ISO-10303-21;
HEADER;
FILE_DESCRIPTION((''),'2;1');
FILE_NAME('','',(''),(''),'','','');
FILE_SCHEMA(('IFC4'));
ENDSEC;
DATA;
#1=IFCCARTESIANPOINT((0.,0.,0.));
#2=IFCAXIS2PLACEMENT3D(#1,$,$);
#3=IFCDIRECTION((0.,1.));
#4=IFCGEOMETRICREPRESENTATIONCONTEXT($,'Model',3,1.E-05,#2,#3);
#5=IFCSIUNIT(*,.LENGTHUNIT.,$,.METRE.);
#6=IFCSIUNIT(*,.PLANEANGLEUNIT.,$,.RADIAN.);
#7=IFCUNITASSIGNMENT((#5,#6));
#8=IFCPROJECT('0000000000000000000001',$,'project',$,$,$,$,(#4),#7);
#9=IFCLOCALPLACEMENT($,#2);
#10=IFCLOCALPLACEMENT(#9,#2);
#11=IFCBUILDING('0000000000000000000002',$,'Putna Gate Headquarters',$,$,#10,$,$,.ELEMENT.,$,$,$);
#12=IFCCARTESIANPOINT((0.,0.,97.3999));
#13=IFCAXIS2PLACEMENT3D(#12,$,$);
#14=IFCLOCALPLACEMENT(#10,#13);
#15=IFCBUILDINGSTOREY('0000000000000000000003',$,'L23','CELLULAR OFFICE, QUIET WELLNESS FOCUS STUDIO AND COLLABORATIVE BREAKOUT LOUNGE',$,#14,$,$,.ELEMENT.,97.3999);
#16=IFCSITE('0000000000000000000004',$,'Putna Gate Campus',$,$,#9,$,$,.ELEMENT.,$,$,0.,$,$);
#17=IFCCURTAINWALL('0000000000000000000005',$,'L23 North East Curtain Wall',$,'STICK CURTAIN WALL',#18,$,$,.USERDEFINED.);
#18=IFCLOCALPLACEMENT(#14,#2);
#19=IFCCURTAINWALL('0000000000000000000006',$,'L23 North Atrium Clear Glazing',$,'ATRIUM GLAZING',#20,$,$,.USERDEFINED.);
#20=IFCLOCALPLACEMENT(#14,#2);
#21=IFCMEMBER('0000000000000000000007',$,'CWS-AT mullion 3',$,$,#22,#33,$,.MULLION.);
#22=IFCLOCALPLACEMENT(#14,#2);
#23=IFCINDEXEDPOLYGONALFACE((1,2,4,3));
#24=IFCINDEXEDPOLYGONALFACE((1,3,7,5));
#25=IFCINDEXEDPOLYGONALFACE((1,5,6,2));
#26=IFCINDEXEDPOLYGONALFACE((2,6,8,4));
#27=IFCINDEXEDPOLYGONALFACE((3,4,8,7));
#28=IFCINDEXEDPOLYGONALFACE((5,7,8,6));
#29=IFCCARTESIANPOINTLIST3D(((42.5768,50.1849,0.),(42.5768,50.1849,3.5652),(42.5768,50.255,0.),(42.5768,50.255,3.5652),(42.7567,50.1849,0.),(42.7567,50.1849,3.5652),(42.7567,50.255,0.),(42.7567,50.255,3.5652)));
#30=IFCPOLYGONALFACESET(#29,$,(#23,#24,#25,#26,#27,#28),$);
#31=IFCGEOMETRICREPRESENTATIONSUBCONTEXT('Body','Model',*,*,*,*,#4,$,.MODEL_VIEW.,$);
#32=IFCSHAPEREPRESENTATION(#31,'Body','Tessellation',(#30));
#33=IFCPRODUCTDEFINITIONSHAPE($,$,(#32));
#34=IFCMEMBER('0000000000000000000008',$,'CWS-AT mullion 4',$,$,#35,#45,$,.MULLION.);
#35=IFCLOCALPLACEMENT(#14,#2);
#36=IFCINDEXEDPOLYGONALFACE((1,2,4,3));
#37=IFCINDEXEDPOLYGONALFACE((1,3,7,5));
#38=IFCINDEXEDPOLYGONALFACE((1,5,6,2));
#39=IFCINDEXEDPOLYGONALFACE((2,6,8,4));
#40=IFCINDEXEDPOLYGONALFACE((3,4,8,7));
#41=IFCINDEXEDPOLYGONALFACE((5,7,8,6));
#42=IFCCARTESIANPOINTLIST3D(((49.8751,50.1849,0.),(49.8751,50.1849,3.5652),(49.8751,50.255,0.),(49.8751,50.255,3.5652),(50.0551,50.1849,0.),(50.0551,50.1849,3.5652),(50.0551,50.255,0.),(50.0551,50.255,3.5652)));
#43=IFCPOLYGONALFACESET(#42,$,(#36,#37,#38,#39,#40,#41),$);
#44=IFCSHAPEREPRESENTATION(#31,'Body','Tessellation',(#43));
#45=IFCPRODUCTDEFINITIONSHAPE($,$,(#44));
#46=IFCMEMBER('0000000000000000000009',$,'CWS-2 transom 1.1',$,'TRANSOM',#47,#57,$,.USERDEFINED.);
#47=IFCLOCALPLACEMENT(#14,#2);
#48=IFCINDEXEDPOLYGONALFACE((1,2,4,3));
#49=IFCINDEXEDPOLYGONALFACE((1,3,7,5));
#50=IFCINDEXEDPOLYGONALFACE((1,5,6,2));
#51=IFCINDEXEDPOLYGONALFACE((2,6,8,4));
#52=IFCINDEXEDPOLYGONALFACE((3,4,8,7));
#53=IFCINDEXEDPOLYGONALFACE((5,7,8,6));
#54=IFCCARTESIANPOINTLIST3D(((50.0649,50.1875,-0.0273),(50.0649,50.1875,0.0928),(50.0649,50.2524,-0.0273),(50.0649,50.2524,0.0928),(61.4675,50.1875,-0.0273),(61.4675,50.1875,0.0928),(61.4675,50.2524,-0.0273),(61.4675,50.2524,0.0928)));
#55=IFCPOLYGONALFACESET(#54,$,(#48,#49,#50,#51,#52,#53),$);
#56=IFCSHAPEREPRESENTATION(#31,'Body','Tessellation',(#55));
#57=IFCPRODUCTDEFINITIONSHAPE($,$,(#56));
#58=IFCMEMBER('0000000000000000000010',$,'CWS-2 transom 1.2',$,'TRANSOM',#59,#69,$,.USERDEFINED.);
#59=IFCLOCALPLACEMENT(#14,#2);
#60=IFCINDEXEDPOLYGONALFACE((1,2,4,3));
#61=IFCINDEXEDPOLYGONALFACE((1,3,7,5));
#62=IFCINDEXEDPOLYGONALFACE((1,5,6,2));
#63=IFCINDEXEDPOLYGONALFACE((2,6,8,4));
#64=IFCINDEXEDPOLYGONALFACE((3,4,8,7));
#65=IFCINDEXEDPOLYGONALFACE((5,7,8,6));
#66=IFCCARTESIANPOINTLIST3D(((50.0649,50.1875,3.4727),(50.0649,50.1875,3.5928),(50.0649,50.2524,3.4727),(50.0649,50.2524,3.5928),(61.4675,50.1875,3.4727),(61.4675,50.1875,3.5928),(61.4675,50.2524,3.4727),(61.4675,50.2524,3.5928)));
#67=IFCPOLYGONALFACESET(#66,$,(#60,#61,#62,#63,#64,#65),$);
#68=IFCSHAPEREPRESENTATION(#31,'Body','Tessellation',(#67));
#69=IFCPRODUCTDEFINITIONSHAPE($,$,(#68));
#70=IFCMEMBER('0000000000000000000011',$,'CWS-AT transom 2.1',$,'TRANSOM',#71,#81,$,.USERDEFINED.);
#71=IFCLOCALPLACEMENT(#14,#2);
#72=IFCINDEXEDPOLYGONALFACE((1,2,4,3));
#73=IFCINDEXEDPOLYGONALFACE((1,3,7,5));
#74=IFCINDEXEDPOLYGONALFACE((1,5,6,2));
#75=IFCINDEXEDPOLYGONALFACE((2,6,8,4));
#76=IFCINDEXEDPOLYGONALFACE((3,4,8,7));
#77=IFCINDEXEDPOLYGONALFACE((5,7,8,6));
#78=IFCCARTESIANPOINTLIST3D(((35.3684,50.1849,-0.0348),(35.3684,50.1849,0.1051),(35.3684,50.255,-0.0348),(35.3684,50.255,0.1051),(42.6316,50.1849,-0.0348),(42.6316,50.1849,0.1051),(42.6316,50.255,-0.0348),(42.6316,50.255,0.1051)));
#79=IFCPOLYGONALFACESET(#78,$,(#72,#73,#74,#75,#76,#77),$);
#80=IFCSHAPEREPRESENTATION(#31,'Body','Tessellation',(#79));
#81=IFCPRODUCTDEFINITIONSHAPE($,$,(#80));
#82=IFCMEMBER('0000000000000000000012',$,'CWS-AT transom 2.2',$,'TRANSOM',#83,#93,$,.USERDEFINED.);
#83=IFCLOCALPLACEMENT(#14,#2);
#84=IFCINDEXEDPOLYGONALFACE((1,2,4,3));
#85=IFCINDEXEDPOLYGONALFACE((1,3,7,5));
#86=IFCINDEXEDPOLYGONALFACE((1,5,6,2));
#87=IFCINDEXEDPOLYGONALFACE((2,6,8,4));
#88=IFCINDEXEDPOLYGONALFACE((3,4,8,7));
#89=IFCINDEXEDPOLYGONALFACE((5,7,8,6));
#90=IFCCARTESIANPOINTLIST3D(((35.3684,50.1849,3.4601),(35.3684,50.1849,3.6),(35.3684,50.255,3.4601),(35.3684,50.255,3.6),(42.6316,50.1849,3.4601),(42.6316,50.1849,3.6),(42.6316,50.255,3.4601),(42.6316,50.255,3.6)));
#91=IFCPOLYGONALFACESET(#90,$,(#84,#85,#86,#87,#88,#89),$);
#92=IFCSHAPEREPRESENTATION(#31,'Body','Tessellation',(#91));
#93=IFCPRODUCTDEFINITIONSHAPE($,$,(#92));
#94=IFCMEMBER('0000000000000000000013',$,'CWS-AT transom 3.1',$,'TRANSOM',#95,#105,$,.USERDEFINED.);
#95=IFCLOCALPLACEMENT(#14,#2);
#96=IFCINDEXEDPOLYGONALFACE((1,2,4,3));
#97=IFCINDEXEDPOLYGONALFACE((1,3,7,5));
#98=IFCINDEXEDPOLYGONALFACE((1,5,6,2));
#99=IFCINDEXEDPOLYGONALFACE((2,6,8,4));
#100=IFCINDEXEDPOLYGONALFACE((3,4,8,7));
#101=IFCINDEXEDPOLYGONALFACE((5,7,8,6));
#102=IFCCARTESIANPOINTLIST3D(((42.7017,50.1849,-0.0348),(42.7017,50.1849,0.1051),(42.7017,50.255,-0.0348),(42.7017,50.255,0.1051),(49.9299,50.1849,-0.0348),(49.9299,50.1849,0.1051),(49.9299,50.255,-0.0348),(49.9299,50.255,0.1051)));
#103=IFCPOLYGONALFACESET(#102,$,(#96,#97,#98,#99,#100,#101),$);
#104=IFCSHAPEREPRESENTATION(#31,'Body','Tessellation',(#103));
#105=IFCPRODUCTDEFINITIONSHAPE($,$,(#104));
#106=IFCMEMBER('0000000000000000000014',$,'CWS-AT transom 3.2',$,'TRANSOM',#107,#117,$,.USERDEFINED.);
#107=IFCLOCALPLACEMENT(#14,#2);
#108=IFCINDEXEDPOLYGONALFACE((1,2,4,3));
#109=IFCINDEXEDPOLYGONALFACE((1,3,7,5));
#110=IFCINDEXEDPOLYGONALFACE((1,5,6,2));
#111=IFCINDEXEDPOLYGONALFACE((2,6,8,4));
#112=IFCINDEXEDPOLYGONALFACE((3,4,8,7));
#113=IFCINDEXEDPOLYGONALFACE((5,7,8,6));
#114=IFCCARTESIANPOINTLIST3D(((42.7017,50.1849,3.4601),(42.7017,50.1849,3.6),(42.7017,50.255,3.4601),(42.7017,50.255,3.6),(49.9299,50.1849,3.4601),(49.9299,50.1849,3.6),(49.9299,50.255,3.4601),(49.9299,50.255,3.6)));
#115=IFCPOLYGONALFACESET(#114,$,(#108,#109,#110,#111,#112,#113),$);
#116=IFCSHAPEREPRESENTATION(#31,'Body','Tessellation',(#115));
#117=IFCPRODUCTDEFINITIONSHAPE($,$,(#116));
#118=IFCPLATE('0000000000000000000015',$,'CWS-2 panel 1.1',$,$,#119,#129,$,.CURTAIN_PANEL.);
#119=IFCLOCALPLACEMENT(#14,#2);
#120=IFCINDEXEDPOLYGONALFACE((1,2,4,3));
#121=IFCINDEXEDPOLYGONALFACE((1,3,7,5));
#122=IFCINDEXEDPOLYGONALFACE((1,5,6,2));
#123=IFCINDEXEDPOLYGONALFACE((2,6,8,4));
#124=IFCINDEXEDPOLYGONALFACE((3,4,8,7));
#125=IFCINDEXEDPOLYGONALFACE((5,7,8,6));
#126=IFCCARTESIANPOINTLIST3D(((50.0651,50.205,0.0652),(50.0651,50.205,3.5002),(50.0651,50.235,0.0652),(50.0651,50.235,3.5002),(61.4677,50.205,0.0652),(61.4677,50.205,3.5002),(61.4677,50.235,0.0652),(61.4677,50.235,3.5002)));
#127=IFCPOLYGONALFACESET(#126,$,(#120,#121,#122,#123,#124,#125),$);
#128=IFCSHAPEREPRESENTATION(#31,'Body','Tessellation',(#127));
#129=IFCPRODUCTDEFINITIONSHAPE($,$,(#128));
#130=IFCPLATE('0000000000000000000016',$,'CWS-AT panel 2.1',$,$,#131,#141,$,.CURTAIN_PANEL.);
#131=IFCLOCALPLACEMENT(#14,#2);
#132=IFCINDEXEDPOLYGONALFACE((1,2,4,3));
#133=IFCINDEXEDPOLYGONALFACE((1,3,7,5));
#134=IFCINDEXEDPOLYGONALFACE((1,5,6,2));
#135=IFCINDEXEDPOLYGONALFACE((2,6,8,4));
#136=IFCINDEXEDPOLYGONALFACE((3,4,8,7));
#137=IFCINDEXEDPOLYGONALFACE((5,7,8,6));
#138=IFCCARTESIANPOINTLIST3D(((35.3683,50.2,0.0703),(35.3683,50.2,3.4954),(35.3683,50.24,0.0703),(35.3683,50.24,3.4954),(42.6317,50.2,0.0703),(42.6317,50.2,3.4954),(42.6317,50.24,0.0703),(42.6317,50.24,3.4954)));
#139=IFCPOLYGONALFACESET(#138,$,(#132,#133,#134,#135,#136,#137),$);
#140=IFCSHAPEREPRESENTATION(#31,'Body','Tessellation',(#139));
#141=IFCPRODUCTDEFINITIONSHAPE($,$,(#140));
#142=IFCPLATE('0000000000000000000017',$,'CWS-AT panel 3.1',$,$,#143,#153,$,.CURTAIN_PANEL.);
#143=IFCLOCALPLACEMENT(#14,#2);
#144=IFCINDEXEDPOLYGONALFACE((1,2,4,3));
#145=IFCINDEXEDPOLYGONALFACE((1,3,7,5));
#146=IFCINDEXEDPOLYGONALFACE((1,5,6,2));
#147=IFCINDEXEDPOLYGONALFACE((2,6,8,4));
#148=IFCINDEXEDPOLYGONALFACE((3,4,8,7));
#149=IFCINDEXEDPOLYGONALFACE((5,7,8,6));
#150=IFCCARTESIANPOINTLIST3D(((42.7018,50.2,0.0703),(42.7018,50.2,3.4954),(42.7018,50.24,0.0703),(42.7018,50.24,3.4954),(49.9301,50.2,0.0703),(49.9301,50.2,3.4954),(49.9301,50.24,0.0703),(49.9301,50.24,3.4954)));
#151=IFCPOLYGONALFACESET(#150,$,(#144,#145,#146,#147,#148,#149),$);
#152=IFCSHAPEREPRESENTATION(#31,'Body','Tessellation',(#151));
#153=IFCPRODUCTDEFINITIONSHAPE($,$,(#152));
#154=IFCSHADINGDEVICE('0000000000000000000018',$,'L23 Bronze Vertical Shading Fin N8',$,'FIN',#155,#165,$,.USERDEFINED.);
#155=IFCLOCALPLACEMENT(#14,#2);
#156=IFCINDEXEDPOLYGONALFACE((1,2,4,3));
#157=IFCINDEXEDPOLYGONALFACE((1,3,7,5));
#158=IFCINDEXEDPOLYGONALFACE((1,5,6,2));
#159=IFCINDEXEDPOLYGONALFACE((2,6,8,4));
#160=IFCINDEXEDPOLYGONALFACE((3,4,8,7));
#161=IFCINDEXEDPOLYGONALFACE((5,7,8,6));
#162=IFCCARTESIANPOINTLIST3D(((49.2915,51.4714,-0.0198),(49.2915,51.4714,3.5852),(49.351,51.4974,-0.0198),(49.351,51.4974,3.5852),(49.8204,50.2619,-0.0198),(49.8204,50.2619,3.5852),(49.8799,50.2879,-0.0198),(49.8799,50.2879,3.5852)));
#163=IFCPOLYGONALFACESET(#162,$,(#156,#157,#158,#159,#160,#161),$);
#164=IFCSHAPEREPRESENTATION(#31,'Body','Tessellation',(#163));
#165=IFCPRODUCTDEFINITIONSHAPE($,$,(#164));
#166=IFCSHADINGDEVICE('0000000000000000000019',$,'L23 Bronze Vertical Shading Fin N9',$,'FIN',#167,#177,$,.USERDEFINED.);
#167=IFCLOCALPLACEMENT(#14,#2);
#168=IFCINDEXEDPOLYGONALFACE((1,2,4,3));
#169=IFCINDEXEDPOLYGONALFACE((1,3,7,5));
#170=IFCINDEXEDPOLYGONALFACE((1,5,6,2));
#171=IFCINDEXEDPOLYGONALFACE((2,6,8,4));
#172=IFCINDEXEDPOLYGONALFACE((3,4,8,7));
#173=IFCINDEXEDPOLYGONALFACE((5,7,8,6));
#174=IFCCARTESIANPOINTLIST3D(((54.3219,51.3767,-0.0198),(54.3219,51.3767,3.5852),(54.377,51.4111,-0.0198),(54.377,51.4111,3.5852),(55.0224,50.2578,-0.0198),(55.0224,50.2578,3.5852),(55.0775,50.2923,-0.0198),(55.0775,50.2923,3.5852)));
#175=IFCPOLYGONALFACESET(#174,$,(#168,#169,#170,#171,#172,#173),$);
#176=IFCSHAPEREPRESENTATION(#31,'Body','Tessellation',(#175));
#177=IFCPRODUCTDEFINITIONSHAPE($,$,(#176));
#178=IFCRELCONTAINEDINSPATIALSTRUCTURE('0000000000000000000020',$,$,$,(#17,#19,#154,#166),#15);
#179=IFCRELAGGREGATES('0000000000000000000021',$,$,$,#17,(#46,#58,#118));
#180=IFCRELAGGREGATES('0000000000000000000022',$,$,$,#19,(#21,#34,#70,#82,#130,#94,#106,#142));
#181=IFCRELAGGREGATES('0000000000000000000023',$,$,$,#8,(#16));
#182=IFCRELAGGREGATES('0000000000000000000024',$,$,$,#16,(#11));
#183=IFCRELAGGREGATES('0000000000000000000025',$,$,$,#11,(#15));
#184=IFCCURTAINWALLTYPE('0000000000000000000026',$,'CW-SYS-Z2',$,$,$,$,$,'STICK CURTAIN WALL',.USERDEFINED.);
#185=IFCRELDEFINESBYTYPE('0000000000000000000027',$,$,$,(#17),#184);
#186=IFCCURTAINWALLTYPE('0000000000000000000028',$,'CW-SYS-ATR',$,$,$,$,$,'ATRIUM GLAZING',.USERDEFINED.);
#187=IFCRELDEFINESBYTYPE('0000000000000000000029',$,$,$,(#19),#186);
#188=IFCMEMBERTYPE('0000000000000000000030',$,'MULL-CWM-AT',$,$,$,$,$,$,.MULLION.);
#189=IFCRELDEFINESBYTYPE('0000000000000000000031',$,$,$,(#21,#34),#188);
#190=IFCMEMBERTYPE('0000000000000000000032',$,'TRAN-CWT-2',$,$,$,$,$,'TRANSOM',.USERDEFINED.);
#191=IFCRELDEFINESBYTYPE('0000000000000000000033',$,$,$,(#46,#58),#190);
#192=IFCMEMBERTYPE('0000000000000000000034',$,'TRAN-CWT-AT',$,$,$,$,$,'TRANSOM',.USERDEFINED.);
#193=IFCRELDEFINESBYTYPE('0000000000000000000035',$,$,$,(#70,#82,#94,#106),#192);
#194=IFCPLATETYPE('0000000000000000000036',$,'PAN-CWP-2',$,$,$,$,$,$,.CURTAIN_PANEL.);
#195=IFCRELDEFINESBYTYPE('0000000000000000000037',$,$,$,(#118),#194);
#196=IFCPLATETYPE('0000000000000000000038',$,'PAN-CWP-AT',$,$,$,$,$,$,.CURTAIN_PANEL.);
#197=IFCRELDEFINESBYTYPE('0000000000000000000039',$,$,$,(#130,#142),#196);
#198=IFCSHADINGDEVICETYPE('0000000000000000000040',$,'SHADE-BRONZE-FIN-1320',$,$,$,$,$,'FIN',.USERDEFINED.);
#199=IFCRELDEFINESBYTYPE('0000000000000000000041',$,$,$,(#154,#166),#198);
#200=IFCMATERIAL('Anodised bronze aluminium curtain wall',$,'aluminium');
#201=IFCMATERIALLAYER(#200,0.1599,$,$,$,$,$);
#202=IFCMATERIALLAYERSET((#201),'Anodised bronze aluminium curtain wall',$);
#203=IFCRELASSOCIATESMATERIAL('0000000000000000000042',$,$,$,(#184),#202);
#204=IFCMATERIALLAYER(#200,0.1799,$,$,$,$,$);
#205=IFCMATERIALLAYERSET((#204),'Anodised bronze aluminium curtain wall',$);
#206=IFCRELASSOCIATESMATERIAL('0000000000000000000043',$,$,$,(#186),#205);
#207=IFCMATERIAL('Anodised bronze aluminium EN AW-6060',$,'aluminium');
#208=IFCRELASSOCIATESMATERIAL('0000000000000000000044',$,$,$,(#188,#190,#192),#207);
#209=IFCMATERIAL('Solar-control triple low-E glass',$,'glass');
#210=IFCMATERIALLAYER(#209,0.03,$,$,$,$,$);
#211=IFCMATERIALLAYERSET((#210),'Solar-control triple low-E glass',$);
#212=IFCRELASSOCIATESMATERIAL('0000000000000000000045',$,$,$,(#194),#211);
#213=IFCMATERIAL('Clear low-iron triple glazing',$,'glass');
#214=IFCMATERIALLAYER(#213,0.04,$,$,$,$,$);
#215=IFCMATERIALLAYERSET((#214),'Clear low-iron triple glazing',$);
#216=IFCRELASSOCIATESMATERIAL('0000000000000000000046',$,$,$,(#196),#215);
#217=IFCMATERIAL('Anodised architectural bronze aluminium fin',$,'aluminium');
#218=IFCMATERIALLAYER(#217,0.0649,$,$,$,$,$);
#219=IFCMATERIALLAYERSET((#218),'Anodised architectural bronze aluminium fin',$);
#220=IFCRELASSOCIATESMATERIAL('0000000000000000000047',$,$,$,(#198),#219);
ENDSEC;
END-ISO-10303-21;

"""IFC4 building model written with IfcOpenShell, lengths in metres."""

from ifc_helpers import new_model, si_unit, direction, frame, origin, origin_2d, place, context, subcontext, project, spatial, rectangle, extrude, material, layer, layer_set, material_profile, profile_set, type_object, element, aggregate, save


model = new_model("IFC4")

# Units and contexts
model_context = context("Model", 3, precision=1e-05, world=origin(), true_north=direction((0.0, 1.0)))
body_context = subcontext(model_context, "Body", "Model", "MODEL_VIEW")
ifc_project = project(units=[si_unit("LENGTHUNIT", "METRE"), si_unit("PLANEANGLEUNIT", "RADIAN")], contexts=[model_context])

# Site, building, storey
site_placement = place(None, origin())
site = spatial("IfcSite", under=ifc_project, at=site_placement, Name="Putna Gate Campus", CompositionType="ELEMENT", RefElevation=0.0)
building_placement = place(site_placement, origin())
building = spatial("IfcBuilding", under=site, at=building_placement, Name="Putna Gate Headquarters", CompositionType="ELEMENT")
storey_placement = place(building_placement, frame((0.0, 0.0, 97.3999)))
storey = spatial("IfcBuildingStorey", under=building, at=storey_placement, Name="L23", Description="CELLULAR OFFICE, QUIET WELLNESS FOCUS STUDIO AND COLLABORATIVE BREAKOUT LOUNGE", CompositionType="ELEMENT", Elevation=97.3999)

# Curtain wall
ifc_material_1 = material(Name="Anodised bronze aluminium curtain wall", Category="aluminium")
ifc_layer_1 = layer(ifc_material_1, 0.1599)
ifc_layer_set_1 = layer_set([ifc_layer_1], Name="Anodised bronze aluminium curtain wall")
curtain_wall_type_1 = type_object("IfcCurtainWallType", Name="CW-SYS-Z2", ElementType="STICK CURTAIN WALL", PredefinedType="USERDEFINED", material=ifc_layer_set_1)
curtain_wall_1_placement = place(storey_placement, origin())
curtain_wall_1 = element("IfcCurtainWall", 1, at=curtain_wall_1_placement, inside=storey, type_object=curtain_wall_type_1, Name="L23 North East Curtain Wall", ObjectType="STICK CURTAIN WALL", PredefinedType="USERDEFINED")
ifc_material_2 = material(Name="Anodised bronze aluminium EN AW-6060", Category="aluminium")

# Curtain wall, members
ifc_layer_2 = layer(ifc_material_1, 0.1799)
ifc_layer_set_2 = layer_set([ifc_layer_2], Name="Anodised bronze aluminium curtain wall")
curtain_wall_type_2 = type_object("IfcCurtainWallType", Name="CW-SYS-ATR", ElementType="ATRIUM GLAZING", PredefinedType="USERDEFINED", material=ifc_layer_set_2)
curtain_wall_2_placement = place(storey_placement, origin())
curtain_wall_2 = element("IfcCurtainWall", 2, at=curtain_wall_2_placement, inside=storey, type_object=curtain_wall_type_2, Name="L23 North Atrium Clear Glazing", ObjectType="ATRIUM GLAZING", PredefinedType="USERDEFINED")
ifc_material_profile_1 = material_profile(ifc_material_2, rectangle(XDim=0.0701, YDim=0.1799, at=origin_2d()), Name="Anodised bronze aluminium EN AW-6060")
ifc_profile_set_1 = profile_set([ifc_material_profile_1], Name="Anodised bronze aluminium EN AW-6060")
member_type_1 = type_object("IfcMemberType", Name="MULL-CWM-AT", PredefinedType="MULLION", material=ifc_profile_set_1)
member_1_placement = place(storey_placement, frame((42.6667, 50.22, 0.0), z_axis=(0.0, 0.0, 1.0), x_axis=(0.0, 1.0, 0.0)))
member_1 = element("IfcMember", 3, at=member_1_placement, type_object=member_type_1, Name="CWS-AT mullion 3", PredefinedType="MULLION", context=body_context, shape_type="SweptSolid", body=[
    extrude(rectangle(XDim=0.0701, YDim=0.1799, at=origin_2d()), origin(), (0.0, 0.0, 1.0), 3.5652),
])
member_2_placement = place(storey_placement, frame((49.9651, 50.22, 0.0), z_axis=(0.0, 0.0, 1.0), x_axis=(0.0, 1.0, 0.0)))
member_2 = element("IfcMember", 4, at=member_2_placement, type_object=member_type_1, Name="CWS-AT mullion 4", PredefinedType="MULLION", context=body_context, shape_type="SweptSolid", body=[
    extrude(rectangle(XDim=0.0701, YDim=0.1799, at=origin_2d()), origin(), (0.0, 0.0, 1.0), 3.5652),
])

# Members
ifc_material_profile_2 = material_profile(ifc_material_2, rectangle(XDim=0.0649, YDim=0.1201, at=origin_2d()), Name="Anodised bronze aluminium EN AW-6060")
ifc_profile_set_2 = profile_set([ifc_material_profile_2], Name="Anodised bronze aluminium EN AW-6060")
member_type_2 = type_object("IfcMemberType", Name="TRAN-CWT-2", ElementType="TRANSOM", PredefinedType="USERDEFINED", material=ifc_profile_set_2)
member_3_placement = place(storey_placement, frame((50.0649, 50.22, 0.0327), z_axis=(1.0, 0.0, 0.0), x_axis=(0.0, 1.0, 0.0)))
member_3 = element("IfcMember", 5, at=member_3_placement, type_object=member_type_2, Name="CWS-2 transom 1.1", ObjectType="TRANSOM", PredefinedType="USERDEFINED", context=body_context, shape_type="SweptSolid", body=[
    extrude(rectangle(XDim=0.0649, YDim=0.1201, at=origin_2d()), origin(), (0.0, 0.0, 1.0), 11.4026),
])
member_4_placement = place(storey_placement, frame((50.0649, 50.22, 3.5327), z_axis=(1.0, 0.0, 0.0), x_axis=(0.0, 1.0, 0.0)))
member_4 = element("IfcMember", 6, at=member_4_placement, type_object=member_type_2, Name="CWS-2 transom 1.2", ObjectType="TRANSOM", PredefinedType="USERDEFINED", context=body_context, shape_type="SweptSolid", body=[
    extrude(rectangle(XDim=0.0649, YDim=0.1201, at=origin_2d()), origin(), (0.0, 0.0, 1.0), 11.4026),
])
ifc_material_profile_3 = material_profile(ifc_material_2, rectangle(XDim=0.0701, YDim=0.1399, at=origin_2d()), Name="Anodised bronze aluminium EN AW-6060")
ifc_profile_set_3 = profile_set([ifc_material_profile_3], Name="Anodised bronze aluminium EN AW-6060")
member_type_3 = type_object("IfcMemberType", Name="TRAN-CWT-AT", ElementType="TRANSOM", PredefinedType="USERDEFINED", material=ifc_profile_set_3)
member_5_placement = place(storey_placement, frame((35.3684, 50.22, 0.0352), z_axis=(1.0, 0.0, 0.0), x_axis=(0.0, 1.0, 0.0)))
member_5 = element("IfcMember", 7, at=member_5_placement, type_object=member_type_3, Name="CWS-AT transom 2.1", ObjectType="TRANSOM", PredefinedType="USERDEFINED", context=body_context, shape_type="SweptSolid", body=[
    extrude(rectangle(XDim=0.0701, YDim=0.1399, at=origin_2d()), origin(), (0.0, 0.0, 1.0), 7.2632),
])
member_6_placement = place(storey_placement, frame((35.3684, 50.22, 3.53), z_axis=(1.0, 0.0, 0.0), x_axis=(0.0, 1.0, 0.0)))
member_6 = element("IfcMember", 8, at=member_6_placement, type_object=member_type_3, Name="CWS-AT transom 2.2", ObjectType="TRANSOM", PredefinedType="USERDEFINED", context=body_context, shape_type="SweptSolid", body=[
    extrude(rectangle(XDim=0.0701, YDim=0.1399, at=origin_2d()), origin(), (0.0, 0.0, 1.0), 7.2632),
])
member_7_placement = place(storey_placement, frame((42.7017, 50.22, 0.0352), z_axis=(1.0, 0.0, 0.0), x_axis=(0.0, 1.0, 0.0)))
member_7 = element("IfcMember", 9, at=member_7_placement, type_object=member_type_3, Name="CWS-AT transom 3.1", ObjectType="TRANSOM", PredefinedType="USERDEFINED", context=body_context, shape_type="SweptSolid", body=[
    extrude(rectangle(XDim=0.0701, YDim=0.1399, at=origin_2d()), origin(), (0.0, 0.0, 1.0), 7.2283),
])
member_8_placement = place(storey_placement, frame((42.7017, 50.22, 3.53), z_axis=(1.0, 0.0, 0.0), x_axis=(0.0, 1.0, 0.0)))
member_8 = element("IfcMember", 10, at=member_8_placement, type_object=member_type_3, Name="CWS-AT transom 3.2", ObjectType="TRANSOM", PredefinedType="USERDEFINED", context=body_context, shape_type="SweptSolid", body=[
    extrude(rectangle(XDim=0.0701, YDim=0.1399, at=origin_2d()), origin(), (0.0, 0.0, 1.0), 7.2283),
])

# Plates
ifc_material_3 = material(Name="Solar-control triple low-E glass", Category="glass")
ifc_layer_3 = layer(ifc_material_3, 0.03)
ifc_layer_set_3 = layer_set([ifc_layer_3], Name="Solar-control triple low-E glass")
plate_type_1 = type_object("IfcPlateType", Name="PAN-CWP-2", PredefinedType="CURTAIN_PANEL", material=ifc_layer_set_3)
plate_1_placement = place(storey_placement, frame((55.7664, 50.22, 0.0652), z_axis=(0.0, 0.0, 1.0), x_axis=(1.0, 0.0, 0.0)))
plate_1 = element("IfcPlate", 11, at=plate_1_placement, type_object=plate_type_1, Name="CWS-2 panel 1.1", PredefinedType="CURTAIN_PANEL", context=body_context, shape_type="SweptSolid", body=[
    extrude(rectangle(XDim=11.4026, YDim=0.03, at=origin_2d()), origin(), (0.0, 0.0, 1.0), 3.4351),
])
aggregate(curtain_wall_1, [member_3, member_4, plate_1])
ifc_material_4 = material(Name="Clear low-iron triple glazing", Category="glass")
ifc_layer_4 = layer(ifc_material_4, 0.04)
ifc_layer_set_4 = layer_set([ifc_layer_4], Name="Clear low-iron triple glazing")
plate_type_2 = type_object("IfcPlateType", Name="PAN-CWP-AT", PredefinedType="CURTAIN_PANEL", material=ifc_layer_set_4)
plate_2_placement = place(storey_placement, frame((39.0, 50.22, 0.0703), z_axis=(0.0, 0.0, 1.0), x_axis=(1.0, 0.0, 0.0)))
plate_2 = element("IfcPlate", 12, at=plate_2_placement, type_object=plate_type_2, Name="CWS-AT panel 2.1", PredefinedType="CURTAIN_PANEL", context=body_context, shape_type="SweptSolid", body=[
    extrude(rectangle(XDim=7.2634, YDim=0.04, at=origin_2d()), origin(), (0.0, 0.0, 1.0), 3.425),
])
plate_3_placement = place(storey_placement, frame((46.3159, 50.22, 0.0703), z_axis=(0.0, 0.0, 1.0), x_axis=(1.0, 0.0, 0.0)))
plate_3 = element("IfcPlate", 13, at=plate_3_placement, type_object=plate_type_2, Name="CWS-AT panel 3.1", PredefinedType="CURTAIN_PANEL", context=body_context, shape_type="SweptSolid", body=[
    extrude(rectangle(XDim=7.2283, YDim=0.04, at=origin_2d()), origin(), (0.0, 0.0, 1.0), 3.425),
])
aggregate(curtain_wall_2, [member_1, member_2, member_5, member_6, plate_2, member_7, member_8, plate_3])

# Shading devices
ifc_material_5 = material(Name="Anodised architectural bronze aluminium fin", Category="aluminium")
ifc_layer_5 = layer(ifc_material_5, 0.0649)
ifc_layer_set_5 = layer_set([ifc_layer_5], Name="Anodised architectural bronze aluminium fin")
shading_device_type = type_object("IfcShadingDeviceType", Name="SHADE-BRONZE-FIN-1320", ElementType="FIN", PredefinedType="USERDEFINED", material=ifc_layer_set_5)
for number, where, z_axis, x_axis, name in (
    (14, (49.5857, 50.8796, -0.0198), (0.0, 0.0, 1.0), (-0.400669, 0.916223, 0.0), "L23 Bronze Vertical Shading Fin N8"),
    (15, (54.6997, 50.8345, -0.0198), (0.0, 0.0, 1.0), (-0.530659, 0.847585, 0.0), "L23 Bronze Vertical Shading Fin N9"),
):
    element("IfcShadingDevice", number, at=place(storey_placement, frame(where, z_axis=z_axis, x_axis=x_axis)), inside=storey, type_object=shading_device_type, Name=name, ObjectType="FIN", PredefinedType="USERDEFINED", context=body_context, shape_type="SweptSolid", body=[
        extrude(rectangle(XDim=1.3201, YDim=0.0649, at=origin_2d()), origin(), (0.0, 0.0, 1.0), 3.605),
    ])

save(model, "model.ifc")
